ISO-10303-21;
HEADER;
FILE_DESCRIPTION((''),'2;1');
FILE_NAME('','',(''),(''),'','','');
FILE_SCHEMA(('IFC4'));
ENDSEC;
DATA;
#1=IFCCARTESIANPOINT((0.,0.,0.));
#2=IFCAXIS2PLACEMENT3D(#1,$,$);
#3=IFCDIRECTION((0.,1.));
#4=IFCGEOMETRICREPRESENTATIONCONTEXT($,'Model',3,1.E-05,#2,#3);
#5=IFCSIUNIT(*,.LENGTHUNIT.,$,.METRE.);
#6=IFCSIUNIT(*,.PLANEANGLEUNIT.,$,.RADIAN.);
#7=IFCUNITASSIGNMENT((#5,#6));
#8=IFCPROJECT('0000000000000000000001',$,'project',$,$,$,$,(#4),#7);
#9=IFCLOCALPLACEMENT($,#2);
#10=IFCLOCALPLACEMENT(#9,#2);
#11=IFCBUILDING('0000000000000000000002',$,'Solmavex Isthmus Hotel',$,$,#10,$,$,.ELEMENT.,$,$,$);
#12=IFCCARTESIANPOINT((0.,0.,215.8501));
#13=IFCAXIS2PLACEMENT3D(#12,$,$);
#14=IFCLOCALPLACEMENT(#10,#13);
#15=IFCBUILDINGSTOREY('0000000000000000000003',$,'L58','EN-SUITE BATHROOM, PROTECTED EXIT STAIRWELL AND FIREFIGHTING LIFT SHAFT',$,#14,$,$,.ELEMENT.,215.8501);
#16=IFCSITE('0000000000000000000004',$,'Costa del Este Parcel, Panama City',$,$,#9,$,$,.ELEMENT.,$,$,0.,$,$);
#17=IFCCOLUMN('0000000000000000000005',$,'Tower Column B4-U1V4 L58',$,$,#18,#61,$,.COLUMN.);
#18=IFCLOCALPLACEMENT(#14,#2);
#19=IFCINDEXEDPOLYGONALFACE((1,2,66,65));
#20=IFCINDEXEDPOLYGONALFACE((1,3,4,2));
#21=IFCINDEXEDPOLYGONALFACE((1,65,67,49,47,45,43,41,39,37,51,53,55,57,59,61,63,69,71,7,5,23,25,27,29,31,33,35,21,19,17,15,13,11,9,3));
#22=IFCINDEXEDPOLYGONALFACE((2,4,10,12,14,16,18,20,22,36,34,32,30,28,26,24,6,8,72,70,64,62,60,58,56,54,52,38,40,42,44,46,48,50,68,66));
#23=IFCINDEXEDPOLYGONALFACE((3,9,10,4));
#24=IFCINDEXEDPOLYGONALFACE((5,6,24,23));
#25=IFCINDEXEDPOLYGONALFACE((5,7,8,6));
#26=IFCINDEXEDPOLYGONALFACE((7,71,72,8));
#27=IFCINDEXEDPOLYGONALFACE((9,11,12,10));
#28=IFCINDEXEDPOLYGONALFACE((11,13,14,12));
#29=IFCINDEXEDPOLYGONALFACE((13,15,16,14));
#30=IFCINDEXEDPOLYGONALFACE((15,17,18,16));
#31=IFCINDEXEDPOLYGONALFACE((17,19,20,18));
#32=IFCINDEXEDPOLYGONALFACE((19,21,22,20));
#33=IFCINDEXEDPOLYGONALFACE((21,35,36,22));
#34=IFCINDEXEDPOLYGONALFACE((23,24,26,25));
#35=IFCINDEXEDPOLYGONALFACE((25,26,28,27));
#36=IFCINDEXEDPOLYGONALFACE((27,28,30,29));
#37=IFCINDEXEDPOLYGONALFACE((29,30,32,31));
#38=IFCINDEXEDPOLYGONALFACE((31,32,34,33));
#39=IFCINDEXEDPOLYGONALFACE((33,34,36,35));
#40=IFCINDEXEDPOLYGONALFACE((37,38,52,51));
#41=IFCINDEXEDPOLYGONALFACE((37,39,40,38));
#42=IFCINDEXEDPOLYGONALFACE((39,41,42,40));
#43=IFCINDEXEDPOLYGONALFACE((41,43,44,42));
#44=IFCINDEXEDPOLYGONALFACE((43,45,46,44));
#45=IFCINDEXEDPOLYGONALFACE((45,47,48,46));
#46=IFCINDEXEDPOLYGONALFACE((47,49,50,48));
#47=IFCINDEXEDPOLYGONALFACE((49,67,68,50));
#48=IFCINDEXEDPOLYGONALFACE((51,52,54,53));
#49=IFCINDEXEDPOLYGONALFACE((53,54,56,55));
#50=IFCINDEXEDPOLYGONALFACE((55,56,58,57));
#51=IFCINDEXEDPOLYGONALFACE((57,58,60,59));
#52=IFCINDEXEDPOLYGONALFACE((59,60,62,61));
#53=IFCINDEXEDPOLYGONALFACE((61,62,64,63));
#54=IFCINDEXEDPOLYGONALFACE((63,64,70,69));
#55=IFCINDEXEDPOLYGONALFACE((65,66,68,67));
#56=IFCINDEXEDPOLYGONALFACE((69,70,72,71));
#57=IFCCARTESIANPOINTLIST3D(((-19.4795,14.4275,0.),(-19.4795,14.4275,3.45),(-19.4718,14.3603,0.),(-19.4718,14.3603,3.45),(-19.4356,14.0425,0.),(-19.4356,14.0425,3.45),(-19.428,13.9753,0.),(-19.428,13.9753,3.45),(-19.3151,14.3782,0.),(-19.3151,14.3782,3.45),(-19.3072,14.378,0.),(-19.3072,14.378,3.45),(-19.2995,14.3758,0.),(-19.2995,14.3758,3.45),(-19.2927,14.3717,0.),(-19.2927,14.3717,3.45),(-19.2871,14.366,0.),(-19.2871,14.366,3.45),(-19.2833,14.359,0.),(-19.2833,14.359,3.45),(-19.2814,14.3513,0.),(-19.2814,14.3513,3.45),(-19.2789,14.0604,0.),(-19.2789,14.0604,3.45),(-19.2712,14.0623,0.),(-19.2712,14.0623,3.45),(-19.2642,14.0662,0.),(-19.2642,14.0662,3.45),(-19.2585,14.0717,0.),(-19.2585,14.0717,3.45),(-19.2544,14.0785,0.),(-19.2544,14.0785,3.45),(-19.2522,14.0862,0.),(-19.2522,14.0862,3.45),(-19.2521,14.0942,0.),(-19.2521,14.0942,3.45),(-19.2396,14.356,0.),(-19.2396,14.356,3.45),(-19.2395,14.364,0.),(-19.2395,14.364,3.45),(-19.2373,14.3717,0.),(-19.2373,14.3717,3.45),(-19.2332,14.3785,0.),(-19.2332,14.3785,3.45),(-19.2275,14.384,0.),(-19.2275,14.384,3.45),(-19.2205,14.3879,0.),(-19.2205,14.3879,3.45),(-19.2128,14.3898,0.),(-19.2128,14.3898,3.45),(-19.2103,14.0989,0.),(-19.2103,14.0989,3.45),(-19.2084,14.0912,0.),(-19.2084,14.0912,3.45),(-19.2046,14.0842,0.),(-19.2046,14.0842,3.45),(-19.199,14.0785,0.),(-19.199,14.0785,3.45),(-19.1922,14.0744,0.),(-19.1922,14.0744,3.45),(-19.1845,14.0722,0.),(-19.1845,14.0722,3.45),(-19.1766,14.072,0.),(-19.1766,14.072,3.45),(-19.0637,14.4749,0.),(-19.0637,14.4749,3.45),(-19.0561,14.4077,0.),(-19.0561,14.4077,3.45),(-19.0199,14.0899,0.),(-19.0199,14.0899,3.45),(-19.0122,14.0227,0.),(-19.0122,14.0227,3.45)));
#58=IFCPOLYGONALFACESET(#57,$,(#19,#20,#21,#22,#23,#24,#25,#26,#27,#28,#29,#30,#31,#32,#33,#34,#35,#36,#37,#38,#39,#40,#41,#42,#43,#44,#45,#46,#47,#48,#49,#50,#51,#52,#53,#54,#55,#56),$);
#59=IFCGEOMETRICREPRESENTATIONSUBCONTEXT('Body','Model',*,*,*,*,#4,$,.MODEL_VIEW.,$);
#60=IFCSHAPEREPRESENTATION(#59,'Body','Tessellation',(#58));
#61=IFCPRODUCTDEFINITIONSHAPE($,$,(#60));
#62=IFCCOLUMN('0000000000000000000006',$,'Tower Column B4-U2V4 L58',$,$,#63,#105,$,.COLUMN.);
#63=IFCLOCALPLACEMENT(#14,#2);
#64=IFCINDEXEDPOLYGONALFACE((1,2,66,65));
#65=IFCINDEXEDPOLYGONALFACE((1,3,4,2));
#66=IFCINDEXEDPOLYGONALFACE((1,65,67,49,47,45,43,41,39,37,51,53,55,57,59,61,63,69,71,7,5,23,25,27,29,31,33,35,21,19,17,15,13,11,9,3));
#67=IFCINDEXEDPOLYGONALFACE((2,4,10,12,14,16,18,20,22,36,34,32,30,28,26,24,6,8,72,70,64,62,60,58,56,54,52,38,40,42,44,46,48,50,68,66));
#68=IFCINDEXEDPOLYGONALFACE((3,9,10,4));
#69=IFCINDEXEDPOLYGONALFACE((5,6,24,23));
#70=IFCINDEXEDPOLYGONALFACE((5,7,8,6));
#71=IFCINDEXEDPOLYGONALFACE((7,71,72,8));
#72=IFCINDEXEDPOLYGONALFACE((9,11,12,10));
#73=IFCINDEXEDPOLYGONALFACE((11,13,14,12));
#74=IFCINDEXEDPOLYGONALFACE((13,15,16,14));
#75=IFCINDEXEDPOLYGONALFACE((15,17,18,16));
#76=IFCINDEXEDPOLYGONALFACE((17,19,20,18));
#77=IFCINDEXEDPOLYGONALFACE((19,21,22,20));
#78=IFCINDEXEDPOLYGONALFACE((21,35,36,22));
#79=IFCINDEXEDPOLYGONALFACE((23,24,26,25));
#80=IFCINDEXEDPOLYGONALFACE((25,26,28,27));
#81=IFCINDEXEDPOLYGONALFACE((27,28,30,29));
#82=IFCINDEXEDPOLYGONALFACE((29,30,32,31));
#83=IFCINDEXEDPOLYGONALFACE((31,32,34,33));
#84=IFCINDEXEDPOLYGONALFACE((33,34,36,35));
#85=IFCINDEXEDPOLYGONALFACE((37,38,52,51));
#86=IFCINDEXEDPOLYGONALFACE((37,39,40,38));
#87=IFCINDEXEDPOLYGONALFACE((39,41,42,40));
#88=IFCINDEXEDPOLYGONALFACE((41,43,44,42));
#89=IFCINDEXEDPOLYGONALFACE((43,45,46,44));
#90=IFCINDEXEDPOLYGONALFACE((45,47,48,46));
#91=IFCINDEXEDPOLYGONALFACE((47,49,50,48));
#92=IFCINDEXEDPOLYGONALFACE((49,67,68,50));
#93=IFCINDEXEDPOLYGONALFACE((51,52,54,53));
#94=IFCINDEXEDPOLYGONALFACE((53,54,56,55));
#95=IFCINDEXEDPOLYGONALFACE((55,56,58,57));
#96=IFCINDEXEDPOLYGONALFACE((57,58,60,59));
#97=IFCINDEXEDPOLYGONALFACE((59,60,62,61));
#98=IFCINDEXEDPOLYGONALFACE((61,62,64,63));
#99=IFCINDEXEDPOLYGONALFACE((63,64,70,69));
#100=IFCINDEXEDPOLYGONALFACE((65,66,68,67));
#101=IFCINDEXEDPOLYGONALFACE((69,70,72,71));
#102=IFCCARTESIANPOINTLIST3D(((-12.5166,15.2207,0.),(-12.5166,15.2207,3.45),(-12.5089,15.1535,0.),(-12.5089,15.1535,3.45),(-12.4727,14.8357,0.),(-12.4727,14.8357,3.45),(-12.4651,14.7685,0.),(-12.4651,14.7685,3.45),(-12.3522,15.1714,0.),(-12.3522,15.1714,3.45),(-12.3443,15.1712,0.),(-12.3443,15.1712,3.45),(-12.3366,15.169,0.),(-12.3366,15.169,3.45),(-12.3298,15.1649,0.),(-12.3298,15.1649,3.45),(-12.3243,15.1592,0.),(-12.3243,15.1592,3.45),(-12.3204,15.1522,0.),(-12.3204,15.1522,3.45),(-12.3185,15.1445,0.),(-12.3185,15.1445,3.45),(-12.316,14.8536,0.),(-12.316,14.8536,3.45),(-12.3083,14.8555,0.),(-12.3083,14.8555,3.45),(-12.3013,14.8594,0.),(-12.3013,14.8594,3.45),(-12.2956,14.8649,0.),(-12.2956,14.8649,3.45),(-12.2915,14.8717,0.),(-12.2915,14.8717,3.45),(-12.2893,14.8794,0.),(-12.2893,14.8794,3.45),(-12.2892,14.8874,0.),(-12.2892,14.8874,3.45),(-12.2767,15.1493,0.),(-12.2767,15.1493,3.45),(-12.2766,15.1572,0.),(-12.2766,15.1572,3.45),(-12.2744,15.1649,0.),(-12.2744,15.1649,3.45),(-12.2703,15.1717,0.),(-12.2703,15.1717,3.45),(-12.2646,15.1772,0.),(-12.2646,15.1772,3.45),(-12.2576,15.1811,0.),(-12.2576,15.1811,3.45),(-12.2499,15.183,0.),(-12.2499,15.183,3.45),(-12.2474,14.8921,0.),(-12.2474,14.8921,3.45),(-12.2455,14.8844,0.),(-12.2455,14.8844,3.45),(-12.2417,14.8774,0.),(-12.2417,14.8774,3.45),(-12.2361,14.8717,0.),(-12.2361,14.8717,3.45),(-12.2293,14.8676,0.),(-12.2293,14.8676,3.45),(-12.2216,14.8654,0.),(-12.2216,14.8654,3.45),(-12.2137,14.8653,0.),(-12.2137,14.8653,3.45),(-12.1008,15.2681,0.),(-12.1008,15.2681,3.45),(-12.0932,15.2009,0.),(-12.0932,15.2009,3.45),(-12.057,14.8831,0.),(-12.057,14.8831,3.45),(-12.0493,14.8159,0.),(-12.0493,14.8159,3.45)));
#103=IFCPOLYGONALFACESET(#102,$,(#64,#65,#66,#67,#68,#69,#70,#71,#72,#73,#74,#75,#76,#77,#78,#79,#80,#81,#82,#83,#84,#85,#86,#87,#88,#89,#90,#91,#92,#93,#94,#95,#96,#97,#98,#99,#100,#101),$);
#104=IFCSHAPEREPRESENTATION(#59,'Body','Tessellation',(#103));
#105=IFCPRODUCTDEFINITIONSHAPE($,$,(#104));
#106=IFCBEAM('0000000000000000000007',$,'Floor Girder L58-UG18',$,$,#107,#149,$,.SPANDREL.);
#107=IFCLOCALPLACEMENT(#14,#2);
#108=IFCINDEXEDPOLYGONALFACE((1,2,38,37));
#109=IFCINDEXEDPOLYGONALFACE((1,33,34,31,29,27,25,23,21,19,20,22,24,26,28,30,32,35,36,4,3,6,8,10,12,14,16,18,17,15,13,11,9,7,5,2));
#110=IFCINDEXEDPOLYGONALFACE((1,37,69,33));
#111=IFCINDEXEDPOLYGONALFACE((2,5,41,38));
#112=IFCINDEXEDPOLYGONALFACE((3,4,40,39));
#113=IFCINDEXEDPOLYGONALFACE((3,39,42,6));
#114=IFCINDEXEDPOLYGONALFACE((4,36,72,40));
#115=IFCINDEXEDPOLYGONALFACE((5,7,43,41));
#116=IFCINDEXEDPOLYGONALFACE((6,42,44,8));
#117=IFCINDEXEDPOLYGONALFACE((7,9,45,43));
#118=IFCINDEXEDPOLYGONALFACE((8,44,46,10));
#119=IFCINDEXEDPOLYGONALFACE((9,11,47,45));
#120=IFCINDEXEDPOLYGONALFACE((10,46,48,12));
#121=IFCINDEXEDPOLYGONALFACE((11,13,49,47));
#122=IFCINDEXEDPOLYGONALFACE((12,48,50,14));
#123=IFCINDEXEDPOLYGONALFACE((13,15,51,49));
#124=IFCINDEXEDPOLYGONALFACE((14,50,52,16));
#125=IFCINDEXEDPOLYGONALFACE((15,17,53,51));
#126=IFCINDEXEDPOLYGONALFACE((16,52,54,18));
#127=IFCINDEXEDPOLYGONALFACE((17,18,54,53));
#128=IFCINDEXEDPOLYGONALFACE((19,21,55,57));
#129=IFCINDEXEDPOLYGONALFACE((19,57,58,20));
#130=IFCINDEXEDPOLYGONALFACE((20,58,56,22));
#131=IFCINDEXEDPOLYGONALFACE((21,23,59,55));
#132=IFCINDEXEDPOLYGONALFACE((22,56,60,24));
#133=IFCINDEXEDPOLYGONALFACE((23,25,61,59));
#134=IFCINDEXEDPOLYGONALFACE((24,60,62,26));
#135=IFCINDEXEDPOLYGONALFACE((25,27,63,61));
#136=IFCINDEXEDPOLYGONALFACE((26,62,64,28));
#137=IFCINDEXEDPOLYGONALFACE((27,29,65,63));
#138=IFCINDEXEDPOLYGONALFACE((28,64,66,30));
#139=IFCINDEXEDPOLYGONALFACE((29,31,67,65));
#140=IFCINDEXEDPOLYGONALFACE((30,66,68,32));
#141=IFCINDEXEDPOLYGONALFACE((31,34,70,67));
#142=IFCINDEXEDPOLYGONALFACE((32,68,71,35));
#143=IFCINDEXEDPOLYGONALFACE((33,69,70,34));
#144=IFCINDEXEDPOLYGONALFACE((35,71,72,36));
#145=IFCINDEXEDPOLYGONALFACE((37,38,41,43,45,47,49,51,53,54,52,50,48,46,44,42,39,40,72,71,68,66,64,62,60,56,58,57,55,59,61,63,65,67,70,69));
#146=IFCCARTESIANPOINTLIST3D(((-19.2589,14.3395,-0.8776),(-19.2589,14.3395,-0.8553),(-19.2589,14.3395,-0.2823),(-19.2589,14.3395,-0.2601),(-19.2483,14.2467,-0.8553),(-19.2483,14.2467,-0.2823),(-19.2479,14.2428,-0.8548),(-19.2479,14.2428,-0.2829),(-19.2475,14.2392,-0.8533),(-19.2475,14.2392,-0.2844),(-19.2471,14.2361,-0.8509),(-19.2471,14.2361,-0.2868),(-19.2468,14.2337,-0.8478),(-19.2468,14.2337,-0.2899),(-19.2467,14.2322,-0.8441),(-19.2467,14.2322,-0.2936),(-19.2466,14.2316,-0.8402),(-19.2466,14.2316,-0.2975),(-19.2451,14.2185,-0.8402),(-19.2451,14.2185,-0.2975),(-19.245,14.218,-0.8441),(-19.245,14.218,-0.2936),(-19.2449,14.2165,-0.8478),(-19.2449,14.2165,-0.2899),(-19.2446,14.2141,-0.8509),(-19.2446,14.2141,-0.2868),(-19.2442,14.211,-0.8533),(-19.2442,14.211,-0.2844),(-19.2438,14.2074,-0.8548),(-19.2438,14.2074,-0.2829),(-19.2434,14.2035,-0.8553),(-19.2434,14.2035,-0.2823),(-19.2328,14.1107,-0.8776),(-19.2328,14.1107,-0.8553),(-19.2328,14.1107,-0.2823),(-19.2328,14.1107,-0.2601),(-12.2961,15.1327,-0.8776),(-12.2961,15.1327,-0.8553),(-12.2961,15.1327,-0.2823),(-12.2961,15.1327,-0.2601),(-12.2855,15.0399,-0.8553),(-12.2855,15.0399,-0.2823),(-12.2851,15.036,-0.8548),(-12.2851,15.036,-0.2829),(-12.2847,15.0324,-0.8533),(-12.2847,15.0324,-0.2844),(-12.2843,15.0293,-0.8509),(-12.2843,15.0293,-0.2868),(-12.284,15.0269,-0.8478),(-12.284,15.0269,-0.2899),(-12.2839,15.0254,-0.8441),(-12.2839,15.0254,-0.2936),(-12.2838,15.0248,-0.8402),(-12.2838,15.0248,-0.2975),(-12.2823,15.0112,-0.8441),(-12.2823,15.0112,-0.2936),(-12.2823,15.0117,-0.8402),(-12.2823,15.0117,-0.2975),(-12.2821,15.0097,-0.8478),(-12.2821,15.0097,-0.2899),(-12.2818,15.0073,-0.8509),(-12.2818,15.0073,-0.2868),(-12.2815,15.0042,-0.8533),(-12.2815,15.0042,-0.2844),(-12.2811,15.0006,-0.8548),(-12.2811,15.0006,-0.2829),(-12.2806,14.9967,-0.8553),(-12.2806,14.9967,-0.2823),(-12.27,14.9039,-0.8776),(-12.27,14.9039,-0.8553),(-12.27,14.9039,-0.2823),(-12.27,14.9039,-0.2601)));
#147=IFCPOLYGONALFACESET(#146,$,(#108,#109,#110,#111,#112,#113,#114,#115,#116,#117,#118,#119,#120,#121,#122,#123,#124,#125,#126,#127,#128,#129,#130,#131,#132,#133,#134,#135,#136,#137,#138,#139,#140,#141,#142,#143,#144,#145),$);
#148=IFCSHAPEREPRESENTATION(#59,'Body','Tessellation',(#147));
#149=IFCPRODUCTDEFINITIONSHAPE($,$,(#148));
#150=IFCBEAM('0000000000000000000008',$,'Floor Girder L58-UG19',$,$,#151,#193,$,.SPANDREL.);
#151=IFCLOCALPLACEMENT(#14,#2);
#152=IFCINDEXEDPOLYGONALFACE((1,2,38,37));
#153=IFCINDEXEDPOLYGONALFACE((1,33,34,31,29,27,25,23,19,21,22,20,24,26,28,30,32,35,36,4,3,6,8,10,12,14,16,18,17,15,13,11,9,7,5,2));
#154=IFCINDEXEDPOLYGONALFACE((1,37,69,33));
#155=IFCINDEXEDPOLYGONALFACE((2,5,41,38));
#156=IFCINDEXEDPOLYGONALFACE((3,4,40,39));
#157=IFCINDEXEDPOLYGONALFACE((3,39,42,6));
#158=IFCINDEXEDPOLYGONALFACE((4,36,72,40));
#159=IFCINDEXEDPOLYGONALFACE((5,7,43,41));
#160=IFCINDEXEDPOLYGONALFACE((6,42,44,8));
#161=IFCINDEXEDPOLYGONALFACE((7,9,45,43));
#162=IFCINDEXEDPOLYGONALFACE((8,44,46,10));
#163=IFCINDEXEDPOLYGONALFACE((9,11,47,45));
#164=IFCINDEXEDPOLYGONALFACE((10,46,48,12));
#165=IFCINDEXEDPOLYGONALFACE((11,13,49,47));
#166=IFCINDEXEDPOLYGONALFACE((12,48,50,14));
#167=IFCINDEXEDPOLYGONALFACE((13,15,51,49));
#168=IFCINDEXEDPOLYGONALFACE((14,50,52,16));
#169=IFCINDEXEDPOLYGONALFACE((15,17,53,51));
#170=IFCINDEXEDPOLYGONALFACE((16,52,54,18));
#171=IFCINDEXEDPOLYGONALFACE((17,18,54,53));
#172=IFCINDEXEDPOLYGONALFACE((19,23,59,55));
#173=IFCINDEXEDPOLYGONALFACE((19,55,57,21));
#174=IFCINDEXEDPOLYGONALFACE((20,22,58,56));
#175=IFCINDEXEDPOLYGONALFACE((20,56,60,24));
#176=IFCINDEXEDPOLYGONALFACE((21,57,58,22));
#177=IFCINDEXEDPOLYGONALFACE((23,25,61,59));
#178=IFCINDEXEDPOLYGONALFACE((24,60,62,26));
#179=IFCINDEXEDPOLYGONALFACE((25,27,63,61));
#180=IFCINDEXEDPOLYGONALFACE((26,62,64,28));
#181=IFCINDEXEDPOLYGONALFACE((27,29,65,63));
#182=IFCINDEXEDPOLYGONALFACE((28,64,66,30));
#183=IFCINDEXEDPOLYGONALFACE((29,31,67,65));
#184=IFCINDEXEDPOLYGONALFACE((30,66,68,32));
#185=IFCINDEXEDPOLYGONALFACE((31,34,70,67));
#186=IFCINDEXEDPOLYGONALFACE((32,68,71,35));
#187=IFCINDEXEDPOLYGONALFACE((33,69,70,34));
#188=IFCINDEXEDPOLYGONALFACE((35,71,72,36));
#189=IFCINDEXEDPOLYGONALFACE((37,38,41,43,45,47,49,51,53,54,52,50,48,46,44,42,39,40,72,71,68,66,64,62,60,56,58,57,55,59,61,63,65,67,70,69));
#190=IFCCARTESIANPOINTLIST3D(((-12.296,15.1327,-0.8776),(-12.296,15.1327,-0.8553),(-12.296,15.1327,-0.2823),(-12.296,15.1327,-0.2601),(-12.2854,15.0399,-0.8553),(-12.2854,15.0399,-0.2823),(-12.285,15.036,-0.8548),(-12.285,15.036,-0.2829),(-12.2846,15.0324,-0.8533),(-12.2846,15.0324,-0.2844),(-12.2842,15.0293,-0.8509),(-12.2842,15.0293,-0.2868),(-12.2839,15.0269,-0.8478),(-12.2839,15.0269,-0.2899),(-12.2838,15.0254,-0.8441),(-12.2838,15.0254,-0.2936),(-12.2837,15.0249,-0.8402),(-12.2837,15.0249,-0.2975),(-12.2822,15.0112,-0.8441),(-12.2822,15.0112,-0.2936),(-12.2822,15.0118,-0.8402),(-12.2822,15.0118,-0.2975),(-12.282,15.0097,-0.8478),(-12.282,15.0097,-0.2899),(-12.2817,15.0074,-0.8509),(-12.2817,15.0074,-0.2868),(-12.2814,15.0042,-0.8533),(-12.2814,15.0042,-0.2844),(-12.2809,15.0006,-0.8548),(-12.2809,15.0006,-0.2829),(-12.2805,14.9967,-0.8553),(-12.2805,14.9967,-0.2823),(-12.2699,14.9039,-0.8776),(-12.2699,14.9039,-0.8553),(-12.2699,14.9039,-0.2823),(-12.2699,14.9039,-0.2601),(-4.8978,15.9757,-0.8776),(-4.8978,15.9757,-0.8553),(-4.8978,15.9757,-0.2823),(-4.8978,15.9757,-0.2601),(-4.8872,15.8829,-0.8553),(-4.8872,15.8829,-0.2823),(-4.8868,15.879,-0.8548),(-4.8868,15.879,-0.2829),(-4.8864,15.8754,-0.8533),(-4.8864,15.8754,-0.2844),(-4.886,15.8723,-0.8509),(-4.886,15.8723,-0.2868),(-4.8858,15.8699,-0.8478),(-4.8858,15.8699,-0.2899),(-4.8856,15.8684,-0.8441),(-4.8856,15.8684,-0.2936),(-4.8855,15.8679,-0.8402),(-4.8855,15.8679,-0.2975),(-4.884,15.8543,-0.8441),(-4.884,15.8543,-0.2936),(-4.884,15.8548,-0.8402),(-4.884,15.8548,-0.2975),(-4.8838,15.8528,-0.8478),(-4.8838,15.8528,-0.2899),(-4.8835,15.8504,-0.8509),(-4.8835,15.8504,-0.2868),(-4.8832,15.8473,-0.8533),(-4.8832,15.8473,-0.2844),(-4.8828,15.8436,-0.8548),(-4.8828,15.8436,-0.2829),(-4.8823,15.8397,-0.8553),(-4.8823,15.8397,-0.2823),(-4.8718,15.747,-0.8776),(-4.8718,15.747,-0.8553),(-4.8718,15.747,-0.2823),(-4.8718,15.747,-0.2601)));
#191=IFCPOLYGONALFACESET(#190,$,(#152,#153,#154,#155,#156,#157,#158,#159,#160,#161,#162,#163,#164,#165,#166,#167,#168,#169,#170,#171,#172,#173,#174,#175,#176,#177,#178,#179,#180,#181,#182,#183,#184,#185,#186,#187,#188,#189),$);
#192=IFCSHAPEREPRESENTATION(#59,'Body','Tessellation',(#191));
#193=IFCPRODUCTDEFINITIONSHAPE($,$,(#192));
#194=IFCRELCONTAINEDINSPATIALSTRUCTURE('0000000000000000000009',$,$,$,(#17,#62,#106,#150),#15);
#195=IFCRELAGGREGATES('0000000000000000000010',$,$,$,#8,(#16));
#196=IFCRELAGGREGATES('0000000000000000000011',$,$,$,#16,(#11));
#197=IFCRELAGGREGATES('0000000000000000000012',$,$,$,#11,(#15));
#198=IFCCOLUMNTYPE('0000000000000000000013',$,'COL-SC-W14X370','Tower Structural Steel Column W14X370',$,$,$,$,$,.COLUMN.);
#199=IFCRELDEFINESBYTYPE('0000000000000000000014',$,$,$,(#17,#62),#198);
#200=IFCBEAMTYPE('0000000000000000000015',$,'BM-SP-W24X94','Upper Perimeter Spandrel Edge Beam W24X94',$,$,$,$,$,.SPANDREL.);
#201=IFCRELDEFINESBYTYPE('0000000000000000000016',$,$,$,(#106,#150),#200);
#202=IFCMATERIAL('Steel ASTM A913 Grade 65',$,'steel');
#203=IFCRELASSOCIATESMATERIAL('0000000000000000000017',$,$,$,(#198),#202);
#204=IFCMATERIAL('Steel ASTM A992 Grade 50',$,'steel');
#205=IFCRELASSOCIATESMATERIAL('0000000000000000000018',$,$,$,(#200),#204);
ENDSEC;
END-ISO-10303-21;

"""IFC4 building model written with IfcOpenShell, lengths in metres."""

from ifc_helpers import new_model, si_unit, direction, frame, origin, origin_2d, place, context, subcontext, project, spatial, i_section, extrude, material, material_profile, profile_set, type_object, element, save


model = new_model("IFC4")

# Units and contexts
model_context = context("Model", 3, precision=1e-05, world=origin(), true_north=direction((0.0, 1.0)))
body_context = subcontext(model_context, "Body", "Model", "MODEL_VIEW")
ifc_project = project(units=[si_unit("LENGTHUNIT", "METRE"), si_unit("PLANEANGLEUNIT", "RADIAN")], contexts=[model_context])

# Site, building, storey
site_placement = place(None, origin())
site = spatial("IfcSite", under=ifc_project, at=site_placement, Name="Costa del Este Parcel, Panama City", CompositionType="ELEMENT", RefElevation=0.0)
building_placement = place(site_placement, origin())
building = spatial("IfcBuilding", under=site, at=building_placement, Name="Solmavex Isthmus Hotel", CompositionType="ELEMENT")
storey_placement = place(building_placement, frame((0.0, 0.0, 215.8501)))
storey = spatial("IfcBuildingStorey", under=building, at=storey_placement, Name="L58", Description="EN-SUITE BATHROOM, PROTECTED EXIT STAIRWELL AND FIREFIGHTING LIFT SHAFT", CompositionType="ELEMENT", Elevation=215.8501)

# Columns
ifc_material_1 = material(Name="Steel ASTM A913 Grade 65", Category="steel")
ifc_material_profile_1 = material_profile(ifc_material_1, i_section(OverallWidth=0.4185, OverallDepth=0.4551, WebThickness=0.042, FlangeThickness=0.0676, FilletRadius=0.0305, at=origin_2d()), Name="W14X370")
ifc_profile_set_1 = profile_set([ifc_material_profile_1], Name="Steel ASTM A913 Grade 65")
column_type = type_object("IfcColumnType", Name="COL-SC-W14X370", Description="Tower Structural Steel Column W14X370", PredefinedType="COLUMN", material=ifc_profile_set_1)
for number, where, z_axis, x_axis, name in (
    (1, (-19.2458, 14.2251, 0.0), (0.0, 0.0, 1.0), (0.993572, 0.113203, 0.0), "Tower Column B4-U1V4 L58"),
    (2, (-12.283, 15.0183, 0.0), (0.0, 0.0, 1.0), (0.993572, 0.113203, 0.0), "Tower Column B4-U2V4 L58"),
):
    element("IfcColumn", number, at=place(storey_placement, frame(where, z_axis=z_axis, x_axis=x_axis)), inside=storey, type_object=column_type, Name=name, PredefinedType="COLUMN", context=body_context, shape_type="SweptSolid", body=[
        extrude(i_section(OverallWidth=0.4185, OverallDepth=0.4551, WebThickness=0.042, FlangeThickness=0.0676, FilletRadius=0.0305, at=origin_2d()), origin(), (0.0, 0.0, 1.0), 3.45),
    ])

# Beams
ifc_material_2 = material(Name="Steel ASTM A992 Grade 50", Category="steel")
ifc_material_profile_2 = material_profile(ifc_material_2, i_section(OverallWidth=0.2302, OverallDepth=0.6174, WebThickness=0.0132, FlangeThickness=0.0222, FilletRadius=0.0151, at=origin_2d()), Name="W24X94")
ifc_profile_set_2 = profile_set([ifc_material_profile_2], Name="Steel ASTM A992 Grade 50")
beam_type = type_object("IfcBeamType", Name="BM-SP-W24X94", Description="Upper Perimeter Spandrel Edge Beam W24X94", PredefinedType="SPANDREL", material=ifc_profile_set_2)
beam_1_placement = place(storey_placement, frame((-19.2458, 14.2251, -0.5688), z_axis=(0.993574, 0.113188, 0.0), x_axis=(-0.113188, 0.993574, 0.0)))
element("IfcBeam", 3, at=beam_1_placement, inside=storey, type_object=beam_type, Name="Floor Girder L58-UG18", PredefinedType="SPANDREL", context=body_context, shape_type="SweptSolid", body=[
    extrude(i_section(OverallWidth=0.2302, OverallDepth=0.6174, WebThickness=0.0132, FlangeThickness=0.0222, FilletRadius=0.0151, at=origin_2d()), origin(), (0.0, 0.0, 1.0), 7.0078),
])
beam_2_placement = place(storey_placement, frame((-12.283, 15.0183, -0.5688), z_axis=(0.99357, 0.113216, 0.0), x_axis=(-0.113216, 0.99357, 0.0)))
element("IfcBeam", 4, at=beam_2_placement, inside=storey, type_object=beam_type, Name="Floor Girder L58-UG19", PredefinedType="SPANDREL", context=body_context, shape_type="SweptSolid", body=[
    extrude(i_section(OverallWidth=0.2302, OverallDepth=0.6174, WebThickness=0.0132, FlangeThickness=0.0222, FilletRadius=0.0151, at=origin_2d()), origin(), (0.0, 0.0, 1.0), 7.446),
])

save(model, "model.ifc")
